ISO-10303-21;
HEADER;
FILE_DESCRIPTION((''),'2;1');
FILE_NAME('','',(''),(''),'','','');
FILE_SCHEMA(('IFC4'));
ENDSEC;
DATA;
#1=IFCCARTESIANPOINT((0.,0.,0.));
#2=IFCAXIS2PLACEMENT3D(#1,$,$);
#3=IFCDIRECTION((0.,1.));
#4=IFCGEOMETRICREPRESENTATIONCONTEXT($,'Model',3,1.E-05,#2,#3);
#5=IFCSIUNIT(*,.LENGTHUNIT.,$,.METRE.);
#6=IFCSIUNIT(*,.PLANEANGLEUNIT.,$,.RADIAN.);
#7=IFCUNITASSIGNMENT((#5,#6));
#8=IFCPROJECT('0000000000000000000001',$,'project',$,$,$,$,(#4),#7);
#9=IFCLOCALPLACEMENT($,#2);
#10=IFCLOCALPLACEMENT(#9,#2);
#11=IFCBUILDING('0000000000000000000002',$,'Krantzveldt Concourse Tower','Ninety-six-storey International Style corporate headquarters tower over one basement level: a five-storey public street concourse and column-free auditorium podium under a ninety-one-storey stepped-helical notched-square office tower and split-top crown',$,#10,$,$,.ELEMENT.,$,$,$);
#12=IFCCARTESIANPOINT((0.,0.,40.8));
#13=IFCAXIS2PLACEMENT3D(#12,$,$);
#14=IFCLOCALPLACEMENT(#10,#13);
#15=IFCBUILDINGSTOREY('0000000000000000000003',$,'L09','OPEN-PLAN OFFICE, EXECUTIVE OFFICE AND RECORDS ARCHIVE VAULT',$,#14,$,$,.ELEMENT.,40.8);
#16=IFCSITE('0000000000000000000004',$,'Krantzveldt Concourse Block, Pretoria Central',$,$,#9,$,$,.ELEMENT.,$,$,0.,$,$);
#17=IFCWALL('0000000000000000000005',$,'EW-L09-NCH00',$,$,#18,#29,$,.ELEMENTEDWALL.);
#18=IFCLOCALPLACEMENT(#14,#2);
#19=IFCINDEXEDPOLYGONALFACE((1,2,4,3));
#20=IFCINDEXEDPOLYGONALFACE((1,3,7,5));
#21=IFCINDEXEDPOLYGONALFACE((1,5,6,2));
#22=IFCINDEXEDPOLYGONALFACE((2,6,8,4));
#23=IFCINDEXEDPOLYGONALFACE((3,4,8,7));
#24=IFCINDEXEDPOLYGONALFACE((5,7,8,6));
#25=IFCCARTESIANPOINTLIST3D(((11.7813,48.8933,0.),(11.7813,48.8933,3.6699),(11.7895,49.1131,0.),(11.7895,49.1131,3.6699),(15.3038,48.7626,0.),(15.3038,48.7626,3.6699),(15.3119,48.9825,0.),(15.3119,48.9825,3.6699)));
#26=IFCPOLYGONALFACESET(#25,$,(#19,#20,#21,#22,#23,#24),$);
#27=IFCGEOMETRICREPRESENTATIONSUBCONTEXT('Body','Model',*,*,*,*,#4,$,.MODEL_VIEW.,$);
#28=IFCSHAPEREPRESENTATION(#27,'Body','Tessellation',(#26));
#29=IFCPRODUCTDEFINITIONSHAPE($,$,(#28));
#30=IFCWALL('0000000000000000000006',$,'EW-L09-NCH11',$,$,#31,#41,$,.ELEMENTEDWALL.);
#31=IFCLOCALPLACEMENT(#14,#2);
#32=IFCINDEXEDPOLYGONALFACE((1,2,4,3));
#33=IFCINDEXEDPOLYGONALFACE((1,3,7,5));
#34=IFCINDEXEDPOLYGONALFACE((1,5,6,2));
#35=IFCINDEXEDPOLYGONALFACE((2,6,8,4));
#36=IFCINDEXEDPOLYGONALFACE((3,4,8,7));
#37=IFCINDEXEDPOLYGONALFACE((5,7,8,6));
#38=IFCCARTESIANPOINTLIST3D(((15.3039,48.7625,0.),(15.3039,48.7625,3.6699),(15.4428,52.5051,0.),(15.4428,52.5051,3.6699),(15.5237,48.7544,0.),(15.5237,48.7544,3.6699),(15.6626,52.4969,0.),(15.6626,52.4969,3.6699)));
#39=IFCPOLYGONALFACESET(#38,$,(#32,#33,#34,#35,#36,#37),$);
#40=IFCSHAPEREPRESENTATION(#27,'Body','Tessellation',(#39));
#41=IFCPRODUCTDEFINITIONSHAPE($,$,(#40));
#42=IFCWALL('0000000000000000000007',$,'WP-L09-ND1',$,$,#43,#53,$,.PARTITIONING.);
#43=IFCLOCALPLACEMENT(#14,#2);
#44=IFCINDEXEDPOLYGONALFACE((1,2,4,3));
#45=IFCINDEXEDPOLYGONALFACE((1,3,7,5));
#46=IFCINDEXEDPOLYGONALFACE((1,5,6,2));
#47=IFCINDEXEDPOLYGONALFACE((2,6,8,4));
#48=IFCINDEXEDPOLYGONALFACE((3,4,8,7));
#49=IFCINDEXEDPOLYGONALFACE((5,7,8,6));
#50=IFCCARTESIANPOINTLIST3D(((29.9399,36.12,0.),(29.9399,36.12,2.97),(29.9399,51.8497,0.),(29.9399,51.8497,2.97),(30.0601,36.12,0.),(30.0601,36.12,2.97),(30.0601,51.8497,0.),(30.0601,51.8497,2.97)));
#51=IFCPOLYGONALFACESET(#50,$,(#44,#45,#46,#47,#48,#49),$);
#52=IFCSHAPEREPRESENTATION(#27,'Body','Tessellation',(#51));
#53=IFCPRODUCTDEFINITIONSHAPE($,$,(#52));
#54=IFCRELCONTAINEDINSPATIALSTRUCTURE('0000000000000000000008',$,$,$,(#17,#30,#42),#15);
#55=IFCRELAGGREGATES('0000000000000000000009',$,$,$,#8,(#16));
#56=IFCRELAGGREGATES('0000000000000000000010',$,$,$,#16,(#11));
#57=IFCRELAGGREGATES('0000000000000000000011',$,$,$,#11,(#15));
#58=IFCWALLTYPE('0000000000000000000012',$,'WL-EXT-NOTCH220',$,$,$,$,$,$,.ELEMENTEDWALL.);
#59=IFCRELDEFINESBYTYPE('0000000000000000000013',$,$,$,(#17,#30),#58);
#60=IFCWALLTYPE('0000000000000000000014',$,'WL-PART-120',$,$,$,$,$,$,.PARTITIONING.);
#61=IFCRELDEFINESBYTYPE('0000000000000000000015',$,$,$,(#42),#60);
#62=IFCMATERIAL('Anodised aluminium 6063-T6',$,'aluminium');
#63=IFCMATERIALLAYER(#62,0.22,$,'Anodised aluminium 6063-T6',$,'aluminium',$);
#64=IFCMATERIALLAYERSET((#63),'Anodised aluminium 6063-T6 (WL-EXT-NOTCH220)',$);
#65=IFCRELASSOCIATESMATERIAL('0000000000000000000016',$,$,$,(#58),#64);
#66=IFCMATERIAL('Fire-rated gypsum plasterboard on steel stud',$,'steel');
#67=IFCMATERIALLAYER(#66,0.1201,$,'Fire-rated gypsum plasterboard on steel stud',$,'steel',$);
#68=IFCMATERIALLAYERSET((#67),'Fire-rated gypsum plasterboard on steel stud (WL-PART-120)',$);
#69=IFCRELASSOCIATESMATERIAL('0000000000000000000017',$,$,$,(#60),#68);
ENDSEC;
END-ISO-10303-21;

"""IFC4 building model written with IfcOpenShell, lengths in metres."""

from ifc_helpers import new_model, si_unit, direction, frame, frame_2d, origin, place, context, subcontext, project, spatial, rectangle, extrude, material, layer, layer_set, type_object, element, save


model = new_model("IFC4")

# Units and contexts
model_context = context("Model", 3, precision=1e-05, world=origin(), true_north=direction((0.0, 1.0)))
body_context = subcontext(model_context, "Body", "Model", "MODEL_VIEW")
ifc_project = project(units=[si_unit("LENGTHUNIT", "METRE"), si_unit("PLANEANGLEUNIT", "RADIAN")], contexts=[model_context])

# Site, building, storey
site_placement = place(None, origin())
site = spatial("IfcSite", under=ifc_project, at=site_placement, Name="Krantzveldt Concourse Block, Pretoria Central", CompositionType="ELEMENT", RefElevation=0.0)
building_placement = place(site_placement, origin())
building = spatial("IfcBuilding", under=site, at=building_placement, Name="Krantzveldt Concourse Tower", Description="Ninety-six-storey International Style corporate headquarters tower over one basement level: a five-storey public street concourse and column-free auditorium podium under a ninety-one-storey stepped-helical notched-square office tower and split-top crown", CompositionType="ELEMENT")
storey_placement = place(building_placement, frame((0.0, 0.0, 40.8)))
storey = spatial("IfcBuildingStorey", under=building, at=storey_placement, Name="L09", Description="OPEN-PLAN OFFICE, EXECUTIVE OFFICE AND RECORDS ARCHIVE VAULT", CompositionType="ELEMENT", Elevation=40.8)

# Shared definitions
ifc_material_1 = material(Name="Anodised aluminium 6063-T6", Category="aluminium")

# Walls
ifc_layer_1 = layer(ifc_material_1, 0.22, Name="Anodised aluminium 6063-T6", Category="aluminium")
ifc_layer_set_1 = layer_set([ifc_layer_1], Name="Anodised aluminium 6063-T6 (WL-EXT-NOTCH220)")
wall_type_1 = type_object("IfcWallType", Name="WL-EXT-NOTCH220", PredefinedType="ELEMENTEDWALL", material=ifc_layer_set_1)
wall_1_placement = place(storey_placement, frame((15.3079, 48.8726, 0.0), z_axis=(0.0, 0.0, 1.0), x_axis=(-0.999313, 0.037055, 0.0)))
element("IfcWall", 1, at=wall_1_placement, inside=storey, type_object=wall_type_1, Name="EW-L09-NCH00", PredefinedType="ELEMENTEDWALL", context=body_context, shape_type="SweptSolid", body=[
    extrude(rectangle(XDim=3.5249, YDim=0.22, at=frame_2d((1.7625, 0.0))), origin(), (0.0, 0.0, 1.0), 3.6699),
])
wall_2_placement = place(storey_placement, frame((15.5527, 52.501, 0.0), z_axis=(0.0, 0.0, 1.0), x_axis=(-0.037094, -0.999312, 0.0)))
element("IfcWall", 2, at=wall_2_placement, inside=storey, type_object=wall_type_1, Name="EW-L09-NCH11", PredefinedType="ELEMENTEDWALL", context=body_context, shape_type="SweptSolid", body=[
    extrude(rectangle(XDim=3.7451, YDim=0.22, at=frame_2d((1.8726, 0.0))), origin(), (0.0, 0.0, 1.0), 3.6699),
])
ifc_material_2 = material(Name="Fire-rated gypsum plasterboard on steel stud", Category="steel")
ifc_layer_2 = layer(ifc_material_2, 0.1201, Name="Fire-rated gypsum plasterboard on steel stud", Category="steel")
ifc_layer_set_2 = layer_set([ifc_layer_2], Name="Fire-rated gypsum plasterboard on steel stud (WL-PART-120)")
wall_type_2 = type_object("IfcWallType", Name="WL-PART-120", PredefinedType="PARTITIONING", material=ifc_layer_set_2)
wall_3_placement = place(storey_placement, frame((30.0, 36.1201, 0.0), z_axis=(0.0, 0.0, 1.0), x_axis=(0.0, 1.0, 0.0)))
element("IfcWall", 3, at=wall_3_placement, inside=storey, type_object=wall_type_2, Name="WP-L09-ND1", PredefinedType="PARTITIONING", context=body_context, shape_type="SweptSolid", body=[
    extrude(rectangle(XDim=15.7297, YDim=0.1201, at=frame_2d((7.8647, 0.0))), origin(), (0.0, 0.0, 1.0), 2.97),
])

save(model, "model.ifc")
